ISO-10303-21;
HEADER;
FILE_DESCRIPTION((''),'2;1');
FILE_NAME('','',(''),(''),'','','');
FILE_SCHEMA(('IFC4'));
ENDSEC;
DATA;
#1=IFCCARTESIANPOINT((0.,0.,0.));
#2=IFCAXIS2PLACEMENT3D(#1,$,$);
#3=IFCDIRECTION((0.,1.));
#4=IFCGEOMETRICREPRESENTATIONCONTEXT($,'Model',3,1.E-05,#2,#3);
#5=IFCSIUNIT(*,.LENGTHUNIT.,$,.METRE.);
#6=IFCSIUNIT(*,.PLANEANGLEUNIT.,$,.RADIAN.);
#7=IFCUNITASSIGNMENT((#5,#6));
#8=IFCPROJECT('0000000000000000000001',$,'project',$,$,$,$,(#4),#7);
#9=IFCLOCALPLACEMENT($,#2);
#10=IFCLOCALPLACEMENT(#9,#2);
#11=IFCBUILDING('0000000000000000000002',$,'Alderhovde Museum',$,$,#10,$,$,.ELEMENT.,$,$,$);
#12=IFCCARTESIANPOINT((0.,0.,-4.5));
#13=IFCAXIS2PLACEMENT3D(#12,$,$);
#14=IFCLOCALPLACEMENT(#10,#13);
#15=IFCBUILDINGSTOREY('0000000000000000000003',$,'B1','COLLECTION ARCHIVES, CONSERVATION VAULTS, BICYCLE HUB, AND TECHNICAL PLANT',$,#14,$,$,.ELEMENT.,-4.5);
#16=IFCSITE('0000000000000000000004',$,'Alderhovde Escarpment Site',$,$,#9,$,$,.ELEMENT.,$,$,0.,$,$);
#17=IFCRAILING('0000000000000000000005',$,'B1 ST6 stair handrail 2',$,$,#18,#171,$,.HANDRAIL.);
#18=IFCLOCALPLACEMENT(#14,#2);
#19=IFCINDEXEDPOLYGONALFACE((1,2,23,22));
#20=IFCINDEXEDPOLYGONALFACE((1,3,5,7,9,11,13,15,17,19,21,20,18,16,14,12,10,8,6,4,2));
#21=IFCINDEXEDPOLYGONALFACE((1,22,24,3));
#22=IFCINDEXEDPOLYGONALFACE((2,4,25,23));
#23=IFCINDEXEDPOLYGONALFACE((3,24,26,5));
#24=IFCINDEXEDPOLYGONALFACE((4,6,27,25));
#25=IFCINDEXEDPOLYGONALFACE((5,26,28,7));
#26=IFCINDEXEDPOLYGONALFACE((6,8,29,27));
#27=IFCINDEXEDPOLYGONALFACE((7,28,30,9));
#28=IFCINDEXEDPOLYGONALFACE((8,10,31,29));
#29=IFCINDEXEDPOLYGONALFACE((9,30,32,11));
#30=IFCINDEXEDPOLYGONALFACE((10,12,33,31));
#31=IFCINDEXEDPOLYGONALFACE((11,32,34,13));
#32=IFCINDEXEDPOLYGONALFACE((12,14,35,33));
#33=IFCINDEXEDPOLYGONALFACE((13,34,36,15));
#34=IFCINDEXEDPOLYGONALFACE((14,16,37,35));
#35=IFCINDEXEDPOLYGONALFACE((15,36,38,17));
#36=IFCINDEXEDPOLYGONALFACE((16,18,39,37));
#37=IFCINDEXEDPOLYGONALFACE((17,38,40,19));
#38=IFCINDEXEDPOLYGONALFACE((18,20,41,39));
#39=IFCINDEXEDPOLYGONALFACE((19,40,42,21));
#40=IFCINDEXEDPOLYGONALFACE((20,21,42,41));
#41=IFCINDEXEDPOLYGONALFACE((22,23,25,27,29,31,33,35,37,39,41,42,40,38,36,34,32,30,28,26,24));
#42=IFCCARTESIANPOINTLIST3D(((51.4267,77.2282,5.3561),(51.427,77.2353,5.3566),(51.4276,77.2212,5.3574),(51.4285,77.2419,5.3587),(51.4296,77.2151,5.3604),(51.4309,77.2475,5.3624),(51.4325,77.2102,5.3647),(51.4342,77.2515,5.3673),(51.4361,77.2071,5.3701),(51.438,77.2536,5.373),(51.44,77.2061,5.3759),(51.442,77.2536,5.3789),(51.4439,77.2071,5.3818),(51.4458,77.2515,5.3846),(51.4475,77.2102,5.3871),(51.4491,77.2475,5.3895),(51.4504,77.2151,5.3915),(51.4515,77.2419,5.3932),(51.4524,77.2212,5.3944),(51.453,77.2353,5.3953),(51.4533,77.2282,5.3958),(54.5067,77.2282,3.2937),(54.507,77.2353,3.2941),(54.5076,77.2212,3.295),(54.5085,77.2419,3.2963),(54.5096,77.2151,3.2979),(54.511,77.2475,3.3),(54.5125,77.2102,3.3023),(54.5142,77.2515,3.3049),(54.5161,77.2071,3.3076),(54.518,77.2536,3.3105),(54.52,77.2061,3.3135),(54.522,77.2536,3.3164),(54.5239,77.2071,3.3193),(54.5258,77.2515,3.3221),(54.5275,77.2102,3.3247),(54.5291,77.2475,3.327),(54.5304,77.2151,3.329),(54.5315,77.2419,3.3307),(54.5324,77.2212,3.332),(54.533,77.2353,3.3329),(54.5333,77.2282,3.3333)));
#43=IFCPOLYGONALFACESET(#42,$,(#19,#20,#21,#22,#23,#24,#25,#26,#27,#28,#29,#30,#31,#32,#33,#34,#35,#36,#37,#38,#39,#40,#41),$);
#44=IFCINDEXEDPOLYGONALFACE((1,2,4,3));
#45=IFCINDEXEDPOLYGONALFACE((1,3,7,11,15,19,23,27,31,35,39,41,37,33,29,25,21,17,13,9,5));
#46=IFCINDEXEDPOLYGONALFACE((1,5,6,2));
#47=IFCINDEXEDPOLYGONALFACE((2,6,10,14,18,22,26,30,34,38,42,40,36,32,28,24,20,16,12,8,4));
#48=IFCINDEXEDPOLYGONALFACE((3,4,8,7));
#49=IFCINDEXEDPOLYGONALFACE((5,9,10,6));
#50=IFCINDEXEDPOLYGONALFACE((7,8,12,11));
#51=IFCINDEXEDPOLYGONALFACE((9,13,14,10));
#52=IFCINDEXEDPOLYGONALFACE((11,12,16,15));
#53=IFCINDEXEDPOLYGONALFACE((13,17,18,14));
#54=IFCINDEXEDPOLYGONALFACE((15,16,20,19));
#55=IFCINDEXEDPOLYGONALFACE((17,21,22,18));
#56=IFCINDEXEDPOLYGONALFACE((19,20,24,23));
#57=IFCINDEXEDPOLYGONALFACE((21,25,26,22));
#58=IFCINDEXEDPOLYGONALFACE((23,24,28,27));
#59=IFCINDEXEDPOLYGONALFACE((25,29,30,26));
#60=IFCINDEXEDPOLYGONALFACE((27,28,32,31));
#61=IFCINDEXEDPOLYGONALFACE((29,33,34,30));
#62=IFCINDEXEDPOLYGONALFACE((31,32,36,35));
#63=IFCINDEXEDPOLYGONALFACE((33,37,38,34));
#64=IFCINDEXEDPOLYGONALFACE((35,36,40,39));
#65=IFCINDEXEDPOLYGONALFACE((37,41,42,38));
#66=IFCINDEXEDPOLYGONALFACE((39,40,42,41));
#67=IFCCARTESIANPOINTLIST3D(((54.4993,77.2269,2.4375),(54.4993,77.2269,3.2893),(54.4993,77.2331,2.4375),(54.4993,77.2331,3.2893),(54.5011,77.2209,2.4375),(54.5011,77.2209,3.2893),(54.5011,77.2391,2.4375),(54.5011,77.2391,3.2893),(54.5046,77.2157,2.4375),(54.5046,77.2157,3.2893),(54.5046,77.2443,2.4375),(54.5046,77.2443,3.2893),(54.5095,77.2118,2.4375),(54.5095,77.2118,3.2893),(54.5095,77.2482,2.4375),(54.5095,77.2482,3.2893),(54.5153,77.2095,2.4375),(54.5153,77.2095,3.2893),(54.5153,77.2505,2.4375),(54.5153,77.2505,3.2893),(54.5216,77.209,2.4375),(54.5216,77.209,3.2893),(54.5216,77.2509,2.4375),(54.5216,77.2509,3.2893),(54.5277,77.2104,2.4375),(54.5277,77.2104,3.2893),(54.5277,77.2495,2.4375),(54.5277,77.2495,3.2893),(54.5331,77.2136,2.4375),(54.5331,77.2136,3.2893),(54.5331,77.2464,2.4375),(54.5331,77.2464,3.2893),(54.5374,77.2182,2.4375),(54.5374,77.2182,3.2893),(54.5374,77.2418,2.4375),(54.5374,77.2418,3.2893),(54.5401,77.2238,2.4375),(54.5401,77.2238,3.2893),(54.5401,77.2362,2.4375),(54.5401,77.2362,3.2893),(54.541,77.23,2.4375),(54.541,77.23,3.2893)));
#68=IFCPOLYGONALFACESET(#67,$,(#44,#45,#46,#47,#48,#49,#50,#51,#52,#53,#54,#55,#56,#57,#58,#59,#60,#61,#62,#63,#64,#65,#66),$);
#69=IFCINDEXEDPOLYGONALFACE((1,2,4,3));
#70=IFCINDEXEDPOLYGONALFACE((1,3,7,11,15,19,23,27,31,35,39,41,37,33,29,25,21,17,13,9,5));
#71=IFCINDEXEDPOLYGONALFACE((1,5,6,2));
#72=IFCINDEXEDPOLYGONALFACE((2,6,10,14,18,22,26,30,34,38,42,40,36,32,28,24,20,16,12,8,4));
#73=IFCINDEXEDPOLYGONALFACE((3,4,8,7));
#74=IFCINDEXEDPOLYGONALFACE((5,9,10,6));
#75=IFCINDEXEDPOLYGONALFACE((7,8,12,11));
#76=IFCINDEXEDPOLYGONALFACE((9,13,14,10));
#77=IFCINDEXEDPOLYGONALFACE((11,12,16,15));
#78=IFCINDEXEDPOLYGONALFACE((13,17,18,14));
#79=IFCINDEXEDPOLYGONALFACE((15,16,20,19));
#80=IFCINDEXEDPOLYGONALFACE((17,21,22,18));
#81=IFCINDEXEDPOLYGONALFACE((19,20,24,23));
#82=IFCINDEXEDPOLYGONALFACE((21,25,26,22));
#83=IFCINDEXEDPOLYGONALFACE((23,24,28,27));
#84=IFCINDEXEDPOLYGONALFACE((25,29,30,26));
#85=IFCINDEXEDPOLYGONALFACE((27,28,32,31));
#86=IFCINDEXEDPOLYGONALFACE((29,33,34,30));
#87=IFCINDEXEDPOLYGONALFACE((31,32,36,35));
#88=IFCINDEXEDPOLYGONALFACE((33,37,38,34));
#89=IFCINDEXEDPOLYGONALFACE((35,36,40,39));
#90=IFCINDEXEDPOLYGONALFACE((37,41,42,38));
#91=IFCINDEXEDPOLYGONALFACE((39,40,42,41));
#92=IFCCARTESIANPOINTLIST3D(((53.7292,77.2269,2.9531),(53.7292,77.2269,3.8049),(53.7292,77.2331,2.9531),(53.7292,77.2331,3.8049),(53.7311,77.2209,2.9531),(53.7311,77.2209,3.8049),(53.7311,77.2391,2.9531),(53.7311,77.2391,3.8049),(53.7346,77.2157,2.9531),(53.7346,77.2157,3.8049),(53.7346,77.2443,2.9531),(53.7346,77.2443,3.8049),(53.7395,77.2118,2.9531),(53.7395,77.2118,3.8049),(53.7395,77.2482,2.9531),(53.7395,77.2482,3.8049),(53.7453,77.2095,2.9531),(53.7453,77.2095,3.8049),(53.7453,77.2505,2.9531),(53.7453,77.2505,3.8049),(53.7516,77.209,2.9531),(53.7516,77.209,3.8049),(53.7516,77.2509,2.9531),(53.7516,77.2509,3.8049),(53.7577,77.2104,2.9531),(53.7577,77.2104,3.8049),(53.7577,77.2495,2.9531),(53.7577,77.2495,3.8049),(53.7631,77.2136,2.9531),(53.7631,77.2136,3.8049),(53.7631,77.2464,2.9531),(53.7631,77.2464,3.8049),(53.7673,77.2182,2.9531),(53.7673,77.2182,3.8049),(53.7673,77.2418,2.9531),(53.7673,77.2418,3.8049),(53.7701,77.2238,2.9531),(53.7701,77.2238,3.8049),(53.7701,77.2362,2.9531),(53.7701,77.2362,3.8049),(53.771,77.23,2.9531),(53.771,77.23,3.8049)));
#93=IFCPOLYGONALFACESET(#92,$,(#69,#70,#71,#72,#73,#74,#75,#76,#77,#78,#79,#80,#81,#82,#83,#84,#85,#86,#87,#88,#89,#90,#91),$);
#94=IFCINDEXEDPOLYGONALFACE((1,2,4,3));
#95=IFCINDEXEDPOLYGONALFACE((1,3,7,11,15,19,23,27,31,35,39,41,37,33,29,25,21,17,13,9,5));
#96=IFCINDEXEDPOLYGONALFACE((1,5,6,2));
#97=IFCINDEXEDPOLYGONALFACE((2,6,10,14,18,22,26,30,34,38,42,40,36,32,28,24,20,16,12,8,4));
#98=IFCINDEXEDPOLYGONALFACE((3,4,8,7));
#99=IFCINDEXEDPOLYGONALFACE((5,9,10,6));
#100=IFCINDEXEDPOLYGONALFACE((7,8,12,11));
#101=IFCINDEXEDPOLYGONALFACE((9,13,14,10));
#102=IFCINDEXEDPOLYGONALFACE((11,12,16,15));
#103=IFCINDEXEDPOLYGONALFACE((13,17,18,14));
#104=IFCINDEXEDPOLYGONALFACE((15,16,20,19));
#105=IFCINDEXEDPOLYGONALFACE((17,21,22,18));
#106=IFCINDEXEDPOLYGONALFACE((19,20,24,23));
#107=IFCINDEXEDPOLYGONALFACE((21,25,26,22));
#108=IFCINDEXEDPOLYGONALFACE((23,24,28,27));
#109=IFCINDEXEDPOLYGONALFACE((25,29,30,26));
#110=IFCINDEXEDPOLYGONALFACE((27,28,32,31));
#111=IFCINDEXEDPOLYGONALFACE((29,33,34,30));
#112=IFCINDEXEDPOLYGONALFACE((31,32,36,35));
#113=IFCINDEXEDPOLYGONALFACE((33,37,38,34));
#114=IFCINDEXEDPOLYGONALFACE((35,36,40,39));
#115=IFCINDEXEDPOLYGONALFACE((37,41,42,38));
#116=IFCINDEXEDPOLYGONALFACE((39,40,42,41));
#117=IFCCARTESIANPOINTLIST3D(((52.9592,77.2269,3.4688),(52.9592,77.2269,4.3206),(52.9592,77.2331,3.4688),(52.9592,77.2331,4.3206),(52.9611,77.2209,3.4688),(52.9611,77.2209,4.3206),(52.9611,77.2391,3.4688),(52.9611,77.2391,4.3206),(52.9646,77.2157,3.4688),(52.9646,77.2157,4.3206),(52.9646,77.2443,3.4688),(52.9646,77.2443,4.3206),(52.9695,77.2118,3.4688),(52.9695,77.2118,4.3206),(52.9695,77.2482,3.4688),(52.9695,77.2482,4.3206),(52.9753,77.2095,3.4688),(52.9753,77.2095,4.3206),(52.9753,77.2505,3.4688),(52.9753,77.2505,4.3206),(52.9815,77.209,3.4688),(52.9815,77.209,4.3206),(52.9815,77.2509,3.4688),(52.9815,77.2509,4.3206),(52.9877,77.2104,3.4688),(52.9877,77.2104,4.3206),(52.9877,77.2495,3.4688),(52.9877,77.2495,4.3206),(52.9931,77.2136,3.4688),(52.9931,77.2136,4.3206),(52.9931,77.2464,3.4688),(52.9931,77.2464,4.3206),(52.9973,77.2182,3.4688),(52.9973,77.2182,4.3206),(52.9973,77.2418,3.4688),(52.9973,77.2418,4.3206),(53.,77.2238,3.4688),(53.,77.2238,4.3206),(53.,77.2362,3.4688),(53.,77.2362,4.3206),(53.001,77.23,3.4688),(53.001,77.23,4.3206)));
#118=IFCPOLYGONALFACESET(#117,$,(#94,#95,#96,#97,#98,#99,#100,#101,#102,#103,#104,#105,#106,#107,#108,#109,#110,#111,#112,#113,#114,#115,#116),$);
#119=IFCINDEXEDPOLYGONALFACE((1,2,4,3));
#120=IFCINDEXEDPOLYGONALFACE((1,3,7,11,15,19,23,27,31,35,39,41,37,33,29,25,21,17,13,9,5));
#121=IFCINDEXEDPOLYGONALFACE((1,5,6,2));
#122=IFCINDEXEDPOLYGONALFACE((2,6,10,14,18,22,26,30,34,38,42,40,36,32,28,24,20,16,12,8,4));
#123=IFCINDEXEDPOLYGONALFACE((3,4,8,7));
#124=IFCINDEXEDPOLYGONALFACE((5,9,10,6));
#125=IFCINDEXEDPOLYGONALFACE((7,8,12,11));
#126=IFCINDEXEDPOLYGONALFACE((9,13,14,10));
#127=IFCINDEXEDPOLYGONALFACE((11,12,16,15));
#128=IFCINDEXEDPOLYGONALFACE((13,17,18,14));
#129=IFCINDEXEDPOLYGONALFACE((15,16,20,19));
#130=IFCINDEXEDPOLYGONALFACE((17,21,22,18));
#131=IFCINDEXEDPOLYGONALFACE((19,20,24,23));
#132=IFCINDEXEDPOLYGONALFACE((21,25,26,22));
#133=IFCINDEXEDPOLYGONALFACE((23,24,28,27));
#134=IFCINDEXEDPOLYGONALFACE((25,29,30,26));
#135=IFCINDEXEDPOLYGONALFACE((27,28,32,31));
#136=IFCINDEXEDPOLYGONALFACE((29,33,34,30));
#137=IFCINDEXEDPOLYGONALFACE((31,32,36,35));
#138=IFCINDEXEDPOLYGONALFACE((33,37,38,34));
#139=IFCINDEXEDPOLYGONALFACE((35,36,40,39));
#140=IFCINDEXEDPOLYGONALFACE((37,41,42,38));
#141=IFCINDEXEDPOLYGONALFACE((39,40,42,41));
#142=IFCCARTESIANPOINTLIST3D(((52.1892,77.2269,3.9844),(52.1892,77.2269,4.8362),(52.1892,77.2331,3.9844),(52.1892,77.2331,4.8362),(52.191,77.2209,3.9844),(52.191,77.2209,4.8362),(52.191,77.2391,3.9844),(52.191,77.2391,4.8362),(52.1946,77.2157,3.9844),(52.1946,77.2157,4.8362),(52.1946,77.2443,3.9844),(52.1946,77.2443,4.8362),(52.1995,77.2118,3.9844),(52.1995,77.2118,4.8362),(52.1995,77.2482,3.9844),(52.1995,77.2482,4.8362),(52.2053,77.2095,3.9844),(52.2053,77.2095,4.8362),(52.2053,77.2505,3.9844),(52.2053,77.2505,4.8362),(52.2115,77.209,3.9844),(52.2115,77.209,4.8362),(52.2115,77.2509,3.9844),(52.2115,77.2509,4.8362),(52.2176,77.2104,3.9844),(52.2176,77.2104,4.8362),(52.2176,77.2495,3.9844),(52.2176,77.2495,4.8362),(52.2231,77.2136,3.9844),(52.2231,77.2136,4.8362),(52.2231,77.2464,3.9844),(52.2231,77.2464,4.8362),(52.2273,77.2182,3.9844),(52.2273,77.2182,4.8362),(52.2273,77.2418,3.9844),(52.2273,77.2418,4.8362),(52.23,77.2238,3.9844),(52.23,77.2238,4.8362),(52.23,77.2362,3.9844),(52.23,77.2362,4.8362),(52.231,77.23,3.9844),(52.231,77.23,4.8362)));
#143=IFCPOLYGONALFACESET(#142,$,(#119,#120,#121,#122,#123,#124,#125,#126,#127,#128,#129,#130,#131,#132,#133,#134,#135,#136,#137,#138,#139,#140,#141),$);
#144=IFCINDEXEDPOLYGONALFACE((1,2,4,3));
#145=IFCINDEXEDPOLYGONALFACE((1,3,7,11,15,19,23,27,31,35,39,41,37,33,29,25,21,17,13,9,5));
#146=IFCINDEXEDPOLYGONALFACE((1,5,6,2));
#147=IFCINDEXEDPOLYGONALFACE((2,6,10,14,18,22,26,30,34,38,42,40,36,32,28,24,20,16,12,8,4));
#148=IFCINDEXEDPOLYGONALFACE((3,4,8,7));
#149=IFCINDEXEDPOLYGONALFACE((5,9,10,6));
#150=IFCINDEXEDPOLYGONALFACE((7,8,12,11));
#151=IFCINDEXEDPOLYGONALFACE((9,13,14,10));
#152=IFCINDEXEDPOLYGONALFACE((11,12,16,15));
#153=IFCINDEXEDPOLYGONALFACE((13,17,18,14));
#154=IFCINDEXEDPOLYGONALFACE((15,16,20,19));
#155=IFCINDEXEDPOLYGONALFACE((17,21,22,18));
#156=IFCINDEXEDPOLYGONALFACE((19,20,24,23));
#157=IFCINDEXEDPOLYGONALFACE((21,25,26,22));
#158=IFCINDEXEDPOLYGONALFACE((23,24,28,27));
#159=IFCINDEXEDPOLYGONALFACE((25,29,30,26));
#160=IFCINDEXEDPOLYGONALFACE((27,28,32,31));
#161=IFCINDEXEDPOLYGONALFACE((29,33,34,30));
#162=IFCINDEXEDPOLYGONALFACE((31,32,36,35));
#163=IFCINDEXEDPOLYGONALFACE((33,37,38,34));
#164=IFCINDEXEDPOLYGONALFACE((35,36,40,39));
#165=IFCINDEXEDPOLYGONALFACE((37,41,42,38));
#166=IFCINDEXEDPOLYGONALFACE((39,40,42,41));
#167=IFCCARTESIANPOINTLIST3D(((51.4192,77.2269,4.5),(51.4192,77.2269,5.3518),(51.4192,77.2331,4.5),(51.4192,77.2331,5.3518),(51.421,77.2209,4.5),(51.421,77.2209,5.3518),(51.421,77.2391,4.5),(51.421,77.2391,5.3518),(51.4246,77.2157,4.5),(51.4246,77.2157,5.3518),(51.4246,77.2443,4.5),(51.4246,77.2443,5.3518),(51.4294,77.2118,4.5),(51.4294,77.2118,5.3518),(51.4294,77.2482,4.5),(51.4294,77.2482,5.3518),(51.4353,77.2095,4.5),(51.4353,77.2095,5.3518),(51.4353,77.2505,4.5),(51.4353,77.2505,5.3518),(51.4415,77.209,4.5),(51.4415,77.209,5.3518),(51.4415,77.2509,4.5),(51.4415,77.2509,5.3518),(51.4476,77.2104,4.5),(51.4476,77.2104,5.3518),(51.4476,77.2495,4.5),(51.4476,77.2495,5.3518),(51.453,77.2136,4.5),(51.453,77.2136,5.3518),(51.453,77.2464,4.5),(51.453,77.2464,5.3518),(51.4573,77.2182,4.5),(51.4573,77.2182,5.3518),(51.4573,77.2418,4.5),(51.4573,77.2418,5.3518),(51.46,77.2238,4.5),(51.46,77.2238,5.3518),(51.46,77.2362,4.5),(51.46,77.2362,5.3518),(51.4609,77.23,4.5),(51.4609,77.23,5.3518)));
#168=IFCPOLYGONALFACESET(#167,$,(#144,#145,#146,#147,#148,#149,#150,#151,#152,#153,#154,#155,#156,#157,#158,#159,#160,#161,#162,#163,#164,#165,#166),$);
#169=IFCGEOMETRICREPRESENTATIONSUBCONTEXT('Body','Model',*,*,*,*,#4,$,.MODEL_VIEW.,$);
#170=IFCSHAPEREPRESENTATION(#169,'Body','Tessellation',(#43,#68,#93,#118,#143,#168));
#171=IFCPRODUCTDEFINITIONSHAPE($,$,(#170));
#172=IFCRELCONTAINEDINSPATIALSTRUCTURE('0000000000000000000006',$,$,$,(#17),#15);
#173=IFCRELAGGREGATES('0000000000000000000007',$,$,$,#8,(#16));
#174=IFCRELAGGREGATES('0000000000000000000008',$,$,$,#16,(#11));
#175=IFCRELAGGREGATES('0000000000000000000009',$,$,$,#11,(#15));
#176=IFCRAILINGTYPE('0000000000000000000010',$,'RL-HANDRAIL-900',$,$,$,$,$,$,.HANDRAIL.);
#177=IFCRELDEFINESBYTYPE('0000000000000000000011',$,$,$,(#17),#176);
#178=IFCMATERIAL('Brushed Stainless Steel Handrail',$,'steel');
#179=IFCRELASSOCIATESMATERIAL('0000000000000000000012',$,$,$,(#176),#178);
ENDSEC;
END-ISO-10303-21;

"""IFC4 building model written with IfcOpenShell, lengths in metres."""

from ifc_helpers import new_model, si_unit, direction, frame, origin, origin_2d, place, context, subcontext, project, spatial, circle, extrude, material, type_object, element, save


model = new_model("IFC4")

# Units and contexts
model_context = context("Model", 3, precision=1e-05, world=origin(), true_north=direction((0.0, 1.0)))
body_context = subcontext(model_context, "Body", "Model", "MODEL_VIEW")
ifc_project = project(units=[si_unit("LENGTHUNIT", "METRE"), si_unit("PLANEANGLEUNIT", "RADIAN")], contexts=[model_context])

# Site, building, storey
site_placement = place(None, origin())
site = spatial("IfcSite", under=ifc_project, at=site_placement, Name="Alderhovde Escarpment Site", CompositionType="ELEMENT", RefElevation=0.0)
building_placement = place(site_placement, origin())
building = spatial("IfcBuilding", under=site, at=building_placement, Name="Alderhovde Museum", CompositionType="ELEMENT")
storey_placement = place(building_placement, frame((0.0, 0.0, -4.5)))
storey = spatial("IfcBuildingStorey", under=building, at=storey_placement, Name="B1", Description="COLLECTION ARCHIVES, CONSERVATION VAULTS, BICYCLE HUB, AND TECHNICAL PLANT", CompositionType="ELEMENT", Elevation=-4.5)

# Railing
ifc_material_1 = material(Name="Brushed Stainless Steel Handrail", Category="steel")
railing_type_1 = type_object("IfcRailingType", Name="RL-HANDRAIL-900", PredefinedType="HANDRAIL", material=ifc_material_1)
railing_1_placement = place(storey_placement, frame((54.52, 77.23, 2.4375)))
element("IfcRailing", 1, at=railing_1_placement, inside=storey, type_object=railing_type_1, Name="B1 ST6 stair handrail 2", PredefinedType="HANDRAIL", context=body_context, shape_type="SweptSolid", body=[
    extrude(circle(Radius=0.0239, at=origin_2d()), frame((0.0, 0.0, 0.876), z_axis=(-0.830914, 0.0, 0.556401), x_axis=(0.0, -1.0, 0.0)), (0.0, 0.0, 1.0), 3.7068),
    extrude(circle(Radius=0.021, at=origin_2d()), origin(), (0.0, 0.0, 1.0), 0.8518),
    extrude(circle(Radius=0.021, at=origin_2d()), frame((-0.77, 0.0, 0.5156)), (0.0, 0.0, 1.0), 0.8518),
    extrude(circle(Radius=0.021, at=origin_2d()), frame((-1.54, 0.0, 1.0312)), (0.0, 0.0, 1.0), 0.8518),
    extrude(circle(Radius=0.021, at=origin_2d()), frame((-2.3101, 0.0, 1.5469)), (0.0, 0.0, 1.0), 0.8518),
    extrude(circle(Radius=0.021, at=origin_2d()), frame((-3.0801, 0.0, 2.0625)), (0.0, 0.0, 1.0), 0.8518),
])

save(model, "model.ifc")
